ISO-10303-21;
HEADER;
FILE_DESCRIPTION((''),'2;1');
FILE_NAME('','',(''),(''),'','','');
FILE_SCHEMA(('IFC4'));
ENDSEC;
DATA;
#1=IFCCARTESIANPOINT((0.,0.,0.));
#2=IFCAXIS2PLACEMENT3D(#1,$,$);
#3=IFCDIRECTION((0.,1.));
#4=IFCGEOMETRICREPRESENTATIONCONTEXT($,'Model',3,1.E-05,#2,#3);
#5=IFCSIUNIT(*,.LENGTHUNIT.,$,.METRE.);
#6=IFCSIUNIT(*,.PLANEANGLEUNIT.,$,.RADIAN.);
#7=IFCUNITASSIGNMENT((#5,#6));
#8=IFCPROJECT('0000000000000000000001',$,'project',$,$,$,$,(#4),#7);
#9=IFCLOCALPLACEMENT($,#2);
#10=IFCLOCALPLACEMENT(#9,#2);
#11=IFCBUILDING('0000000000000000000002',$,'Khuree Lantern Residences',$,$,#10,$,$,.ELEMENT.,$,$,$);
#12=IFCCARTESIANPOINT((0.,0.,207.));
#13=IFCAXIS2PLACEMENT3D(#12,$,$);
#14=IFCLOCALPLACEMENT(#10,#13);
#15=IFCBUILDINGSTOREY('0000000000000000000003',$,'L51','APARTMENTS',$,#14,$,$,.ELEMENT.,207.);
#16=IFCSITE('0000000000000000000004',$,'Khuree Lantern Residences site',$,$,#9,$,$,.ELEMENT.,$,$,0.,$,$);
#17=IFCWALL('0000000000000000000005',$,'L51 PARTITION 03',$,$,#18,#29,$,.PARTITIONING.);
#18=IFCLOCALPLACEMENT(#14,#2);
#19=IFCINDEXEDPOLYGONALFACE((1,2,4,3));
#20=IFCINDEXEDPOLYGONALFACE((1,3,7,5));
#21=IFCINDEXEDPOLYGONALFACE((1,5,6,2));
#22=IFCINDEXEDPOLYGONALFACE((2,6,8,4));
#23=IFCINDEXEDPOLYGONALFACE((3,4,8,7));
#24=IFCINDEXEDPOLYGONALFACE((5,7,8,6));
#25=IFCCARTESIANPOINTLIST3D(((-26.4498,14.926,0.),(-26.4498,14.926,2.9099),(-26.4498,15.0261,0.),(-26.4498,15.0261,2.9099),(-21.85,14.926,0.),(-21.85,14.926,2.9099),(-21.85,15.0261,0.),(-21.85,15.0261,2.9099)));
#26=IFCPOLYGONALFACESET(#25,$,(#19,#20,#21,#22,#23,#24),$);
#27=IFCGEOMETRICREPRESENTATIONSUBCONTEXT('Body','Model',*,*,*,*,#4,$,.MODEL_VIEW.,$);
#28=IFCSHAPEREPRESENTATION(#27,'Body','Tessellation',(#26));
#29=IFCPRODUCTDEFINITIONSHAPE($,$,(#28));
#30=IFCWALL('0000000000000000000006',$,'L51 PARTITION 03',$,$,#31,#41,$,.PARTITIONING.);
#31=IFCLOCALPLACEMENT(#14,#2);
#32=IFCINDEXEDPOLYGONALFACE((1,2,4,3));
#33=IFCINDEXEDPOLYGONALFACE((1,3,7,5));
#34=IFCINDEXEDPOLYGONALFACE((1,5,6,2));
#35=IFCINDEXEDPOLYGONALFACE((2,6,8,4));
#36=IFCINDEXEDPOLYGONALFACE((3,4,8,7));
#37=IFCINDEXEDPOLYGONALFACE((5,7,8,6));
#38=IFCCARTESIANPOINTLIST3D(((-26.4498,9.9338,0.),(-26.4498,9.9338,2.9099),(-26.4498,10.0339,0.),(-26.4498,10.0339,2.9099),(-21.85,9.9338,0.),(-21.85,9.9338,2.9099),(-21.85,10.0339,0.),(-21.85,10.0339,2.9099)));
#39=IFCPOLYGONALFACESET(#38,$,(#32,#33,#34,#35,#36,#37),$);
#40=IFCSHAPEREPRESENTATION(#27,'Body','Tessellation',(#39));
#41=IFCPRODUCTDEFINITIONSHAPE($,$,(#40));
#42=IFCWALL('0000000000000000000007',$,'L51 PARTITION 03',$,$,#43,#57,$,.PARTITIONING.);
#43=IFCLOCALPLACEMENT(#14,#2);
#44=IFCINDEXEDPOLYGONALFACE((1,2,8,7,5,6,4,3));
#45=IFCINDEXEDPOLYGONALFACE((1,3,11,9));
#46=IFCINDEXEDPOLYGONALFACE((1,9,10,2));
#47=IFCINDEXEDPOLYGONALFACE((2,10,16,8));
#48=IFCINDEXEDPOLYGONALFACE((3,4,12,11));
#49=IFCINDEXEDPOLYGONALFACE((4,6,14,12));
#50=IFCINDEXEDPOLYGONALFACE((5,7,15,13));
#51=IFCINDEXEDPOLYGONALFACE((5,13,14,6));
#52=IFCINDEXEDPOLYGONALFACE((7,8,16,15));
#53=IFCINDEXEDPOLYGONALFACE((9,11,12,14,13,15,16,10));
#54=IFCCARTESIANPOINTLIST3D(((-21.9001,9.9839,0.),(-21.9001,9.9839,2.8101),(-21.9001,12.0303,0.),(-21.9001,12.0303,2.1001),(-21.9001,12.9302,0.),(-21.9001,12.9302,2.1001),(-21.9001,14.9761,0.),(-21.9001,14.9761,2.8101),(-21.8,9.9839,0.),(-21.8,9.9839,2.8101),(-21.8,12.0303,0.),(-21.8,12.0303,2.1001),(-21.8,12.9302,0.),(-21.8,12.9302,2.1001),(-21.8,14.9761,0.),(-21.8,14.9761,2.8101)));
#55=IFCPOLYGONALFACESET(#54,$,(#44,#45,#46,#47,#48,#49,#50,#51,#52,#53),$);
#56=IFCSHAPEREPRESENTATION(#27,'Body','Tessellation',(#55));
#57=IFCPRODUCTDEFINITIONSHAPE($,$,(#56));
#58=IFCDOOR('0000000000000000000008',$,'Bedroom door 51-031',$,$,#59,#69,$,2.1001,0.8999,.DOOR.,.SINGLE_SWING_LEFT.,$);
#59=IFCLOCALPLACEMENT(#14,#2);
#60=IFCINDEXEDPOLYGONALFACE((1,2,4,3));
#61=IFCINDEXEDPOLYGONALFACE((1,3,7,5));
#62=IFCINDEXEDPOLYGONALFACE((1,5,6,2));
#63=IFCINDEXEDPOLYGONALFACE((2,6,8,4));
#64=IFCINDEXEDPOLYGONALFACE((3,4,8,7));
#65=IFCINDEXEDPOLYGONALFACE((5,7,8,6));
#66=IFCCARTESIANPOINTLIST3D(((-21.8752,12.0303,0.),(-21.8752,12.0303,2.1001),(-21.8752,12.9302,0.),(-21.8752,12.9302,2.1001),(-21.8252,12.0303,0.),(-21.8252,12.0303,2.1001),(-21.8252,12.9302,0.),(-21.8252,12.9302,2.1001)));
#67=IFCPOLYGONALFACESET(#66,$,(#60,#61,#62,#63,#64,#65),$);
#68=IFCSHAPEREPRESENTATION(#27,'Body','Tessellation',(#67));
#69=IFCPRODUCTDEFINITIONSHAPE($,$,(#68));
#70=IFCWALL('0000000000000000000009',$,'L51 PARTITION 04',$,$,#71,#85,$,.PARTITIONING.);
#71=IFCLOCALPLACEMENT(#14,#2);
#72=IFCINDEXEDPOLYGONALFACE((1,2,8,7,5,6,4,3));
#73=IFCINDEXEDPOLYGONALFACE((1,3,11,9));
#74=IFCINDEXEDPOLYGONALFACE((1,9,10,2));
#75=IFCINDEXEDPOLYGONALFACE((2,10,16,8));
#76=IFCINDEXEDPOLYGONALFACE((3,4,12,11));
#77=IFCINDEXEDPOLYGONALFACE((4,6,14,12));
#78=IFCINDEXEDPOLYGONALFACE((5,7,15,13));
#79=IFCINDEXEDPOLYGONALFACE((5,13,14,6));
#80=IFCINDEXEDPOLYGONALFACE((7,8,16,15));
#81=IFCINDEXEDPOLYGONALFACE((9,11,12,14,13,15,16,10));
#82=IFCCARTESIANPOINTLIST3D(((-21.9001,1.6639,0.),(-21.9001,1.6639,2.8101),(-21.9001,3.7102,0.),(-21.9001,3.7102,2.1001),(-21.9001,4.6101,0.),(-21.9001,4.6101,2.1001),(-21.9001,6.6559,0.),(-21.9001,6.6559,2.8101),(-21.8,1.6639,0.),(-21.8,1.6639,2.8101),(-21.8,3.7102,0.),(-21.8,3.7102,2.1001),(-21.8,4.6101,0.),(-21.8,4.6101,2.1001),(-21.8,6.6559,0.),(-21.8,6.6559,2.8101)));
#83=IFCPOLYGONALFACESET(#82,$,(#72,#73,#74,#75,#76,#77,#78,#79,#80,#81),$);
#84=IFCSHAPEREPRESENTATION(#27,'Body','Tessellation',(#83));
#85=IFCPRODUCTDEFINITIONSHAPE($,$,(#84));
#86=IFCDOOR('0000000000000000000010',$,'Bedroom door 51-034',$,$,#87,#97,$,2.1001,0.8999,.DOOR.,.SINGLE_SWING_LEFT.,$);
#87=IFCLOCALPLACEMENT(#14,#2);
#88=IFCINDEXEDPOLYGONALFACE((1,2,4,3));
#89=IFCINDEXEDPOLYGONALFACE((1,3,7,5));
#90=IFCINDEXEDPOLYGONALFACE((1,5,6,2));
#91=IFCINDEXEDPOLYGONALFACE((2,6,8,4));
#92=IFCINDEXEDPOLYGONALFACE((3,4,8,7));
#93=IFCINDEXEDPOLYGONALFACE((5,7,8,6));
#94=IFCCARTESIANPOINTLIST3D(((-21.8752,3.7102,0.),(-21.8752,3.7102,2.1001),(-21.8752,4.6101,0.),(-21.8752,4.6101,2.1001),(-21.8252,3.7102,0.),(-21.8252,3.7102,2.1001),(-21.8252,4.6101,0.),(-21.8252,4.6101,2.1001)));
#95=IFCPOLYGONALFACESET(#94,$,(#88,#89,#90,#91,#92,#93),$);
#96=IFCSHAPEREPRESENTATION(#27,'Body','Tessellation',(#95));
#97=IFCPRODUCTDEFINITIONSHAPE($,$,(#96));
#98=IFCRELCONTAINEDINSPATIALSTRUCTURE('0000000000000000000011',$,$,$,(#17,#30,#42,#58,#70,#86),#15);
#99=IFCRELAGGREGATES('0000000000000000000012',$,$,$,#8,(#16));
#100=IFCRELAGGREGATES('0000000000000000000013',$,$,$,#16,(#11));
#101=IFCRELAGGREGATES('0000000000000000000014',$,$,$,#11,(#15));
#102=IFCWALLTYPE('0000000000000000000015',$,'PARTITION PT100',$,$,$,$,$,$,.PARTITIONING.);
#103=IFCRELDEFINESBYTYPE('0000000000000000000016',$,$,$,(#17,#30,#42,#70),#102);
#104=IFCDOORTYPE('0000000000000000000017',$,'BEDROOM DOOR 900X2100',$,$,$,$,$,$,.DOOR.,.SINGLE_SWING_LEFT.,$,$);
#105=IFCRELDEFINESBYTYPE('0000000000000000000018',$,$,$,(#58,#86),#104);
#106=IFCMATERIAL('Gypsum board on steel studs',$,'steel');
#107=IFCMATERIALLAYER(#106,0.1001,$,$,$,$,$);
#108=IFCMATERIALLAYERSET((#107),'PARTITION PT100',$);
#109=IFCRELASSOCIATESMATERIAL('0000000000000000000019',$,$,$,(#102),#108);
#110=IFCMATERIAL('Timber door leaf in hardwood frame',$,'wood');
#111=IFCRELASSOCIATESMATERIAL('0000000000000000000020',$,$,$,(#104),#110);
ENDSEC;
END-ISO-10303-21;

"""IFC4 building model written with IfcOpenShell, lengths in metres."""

from ifc_helpers import new_model, si_unit, direction, frame, frame_2d, origin, place, context, subcontext, project, spatial, rectangle, extrude, material, layer, layer_set, type_object, element, fill, save


model = new_model("IFC4")

# Units and contexts
model_context = context("Model", 3, precision=1e-05, world=origin(), true_north=direction((0.0, 1.0)))
body_context = subcontext(model_context, "Body", "Model", "MODEL_VIEW")
ifc_project = project(units=[si_unit("LENGTHUNIT", "METRE"), si_unit("PLANEANGLEUNIT", "RADIAN")], contexts=[model_context])

# Site, building, storey
site_placement = place(None, origin())
site = spatial("IfcSite", under=ifc_project, at=site_placement, Name="Khuree Lantern Residences site", CompositionType="ELEMENT", RefElevation=0.0)
building_placement = place(site_placement, origin())
building = spatial("IfcBuilding", under=site, at=building_placement, Name="Khuree Lantern Residences", CompositionType="ELEMENT")
storey_placement = place(building_placement, frame((0.0, 0.0, 207.0)))
storey = spatial("IfcBuildingStorey", under=building, at=storey_placement, Name="L51", Description="APARTMENTS", CompositionType="ELEMENT", Elevation=207.0)

# Shared definitions
ifc_material_1 = material(Name="Timber door leaf in hardwood frame", Category="wood")

# Shared definitions
ifc_material_2 = material(Name="Gypsum board on steel studs", Category="steel")

# Walls
ifc_layer_1 = layer(ifc_material_2, 0.1001)
ifc_layer_set_1 = layer_set([ifc_layer_1], Name="PARTITION PT100")
wall_type_1 = type_object("IfcWallType", Name="PARTITION PT100", PredefinedType="PARTITIONING", material=ifc_layer_set_1)
for number, where, z_axis, x_axis, name in (
    (1, (-21.8501, 14.9761, 0.0), (0.0, 0.0, 1.0), (-1.0, 0.0, 0.0), "L51 PARTITION 03"),
    (2, (-21.8501, 9.9839, 0.0), (0.0, 0.0, 1.0), (-1.0, 0.0, 0.0), "L51 PARTITION 03"),
):
    element("IfcWall", number, at=place(storey_placement, frame(where, z_axis=z_axis, x_axis=x_axis)), inside=storey, type_object=wall_type_1, Name=name, PredefinedType="PARTITIONING", context=body_context, shape_type="SweptSolid", body=[
        extrude(rectangle(XDim=4.5999, YDim=0.1001, at=frame_2d((2.2998, 0.0))), origin(), (0.0, 0.0, 1.0), 2.9099),
    ])

# Walls, openings, doors
wall_1_placement = place(storey_placement, frame((-21.8501, 14.9761, 0.0), z_axis=(0.0, 0.0, 1.0), x_axis=(0.0, -1.0, 0.0)))
wall_1 = element("IfcWall", 3, at=wall_1_placement, inside=storey, type_object=wall_type_1, Name="L51 PARTITION 03", PredefinedType="PARTITIONING", context=body_context, shape_type="SweptSolid", body=[
    extrude(rectangle(XDim=4.9922, YDim=0.1001, at=frame_2d((2.4961, 0.0))), origin(), (0.0, 0.0, 1.0), 2.8101),
])
opening_1_placement = place(wall_1_placement, frame((2.0459, 0.0, 0.0)))
opening_1 = element("IfcOpeningElement", 4, at=opening_1_placement, cuts=wall_1, PredefinedType="OPENING", context=body_context, shape_type="SweptSolid", body=[
    extrude(rectangle(XDim=0.8999, YDim=2.1001, at=frame_2d((0.45, 1.05))), frame((0.0, 0.0601, 0.0), z_axis=(0.0, -1.0, 0.0), x_axis=(1.0, 0.0, 0.0)), (0.0, 0.0, 1.0), 0.1201),
])
door_type_1 = type_object("IfcDoorType", Name="BEDROOM DOOR 900X2100", OperationType="SINGLE_SWING_LEFT", PredefinedType="DOOR", material=ifc_material_1)
door_1_placement = place(opening_1_placement, origin())
door_1 = element("IfcDoor", 5, at=door_1_placement, inside=storey, type_object=door_type_1, Name="Bedroom door 51-031", OperationType="SINGLE_SWING_LEFT", OverallHeight=2.1001, OverallWidth=0.8999, PredefinedType="DOOR", context=body_context, shape_type="SweptSolid", body=[
    extrude(rectangle(XDim=0.8999, YDim=2.1001, at=frame_2d((0.45, 1.05))), frame((0.0, 0.0249, 0.0), z_axis=(0.0, -1.0, 0.0), x_axis=(1.0, 0.0, 0.0)), (0.0, 0.0, 1.0), 0.05),
])
fill(opening_1, door_1)
wall_2_placement = place(storey_placement, frame((-21.8501, 6.656, 0.0), z_axis=(0.0, 0.0, 1.0), x_axis=(0.0, -1.0, 0.0)))
wall_2 = element("IfcWall", 6, at=wall_2_placement, inside=storey, type_object=wall_type_1, Name="L51 PARTITION 04", PredefinedType="PARTITIONING", context=body_context, shape_type="SweptSolid", body=[
    extrude(rectangle(XDim=4.9919, YDim=0.1001, at=frame_2d((2.4961, 0.0))), origin(), (0.0, 0.0, 1.0), 2.8101),
])
opening_2_placement = place(wall_2_placement, frame((2.0459, 0.0, 0.0)))
opening_2 = element("IfcOpeningElement", 7, at=opening_2_placement, cuts=wall_2, PredefinedType="OPENING", context=body_context, shape_type="SweptSolid", body=[
    extrude(rectangle(XDim=0.8999, YDim=2.1001, at=frame_2d((0.45, 1.05))), frame((0.0, 0.0601, 0.0), z_axis=(0.0, -1.0, 0.0), x_axis=(1.0, 0.0, 0.0)), (0.0, 0.0, 1.0), 0.1201),
])
door_2_placement = place(opening_2_placement, origin())
door_2 = element("IfcDoor", 8, at=door_2_placement, inside=storey, type_object=door_type_1, Name="Bedroom door 51-034", OperationType="SINGLE_SWING_LEFT", OverallHeight=2.1001, OverallWidth=0.8999, PredefinedType="DOOR", context=body_context, shape_type="SweptSolid", body=[
    extrude(rectangle(XDim=0.8999, YDim=2.1001, at=frame_2d((0.45, 1.05))), frame((0.0, 0.0249, 0.0), z_axis=(0.0, -1.0, 0.0), x_axis=(1.0, 0.0, 0.0)), (0.0, 0.0, 1.0), 0.05),
])
fill(opening_2, door_2)

save(model, "model.ifc")
